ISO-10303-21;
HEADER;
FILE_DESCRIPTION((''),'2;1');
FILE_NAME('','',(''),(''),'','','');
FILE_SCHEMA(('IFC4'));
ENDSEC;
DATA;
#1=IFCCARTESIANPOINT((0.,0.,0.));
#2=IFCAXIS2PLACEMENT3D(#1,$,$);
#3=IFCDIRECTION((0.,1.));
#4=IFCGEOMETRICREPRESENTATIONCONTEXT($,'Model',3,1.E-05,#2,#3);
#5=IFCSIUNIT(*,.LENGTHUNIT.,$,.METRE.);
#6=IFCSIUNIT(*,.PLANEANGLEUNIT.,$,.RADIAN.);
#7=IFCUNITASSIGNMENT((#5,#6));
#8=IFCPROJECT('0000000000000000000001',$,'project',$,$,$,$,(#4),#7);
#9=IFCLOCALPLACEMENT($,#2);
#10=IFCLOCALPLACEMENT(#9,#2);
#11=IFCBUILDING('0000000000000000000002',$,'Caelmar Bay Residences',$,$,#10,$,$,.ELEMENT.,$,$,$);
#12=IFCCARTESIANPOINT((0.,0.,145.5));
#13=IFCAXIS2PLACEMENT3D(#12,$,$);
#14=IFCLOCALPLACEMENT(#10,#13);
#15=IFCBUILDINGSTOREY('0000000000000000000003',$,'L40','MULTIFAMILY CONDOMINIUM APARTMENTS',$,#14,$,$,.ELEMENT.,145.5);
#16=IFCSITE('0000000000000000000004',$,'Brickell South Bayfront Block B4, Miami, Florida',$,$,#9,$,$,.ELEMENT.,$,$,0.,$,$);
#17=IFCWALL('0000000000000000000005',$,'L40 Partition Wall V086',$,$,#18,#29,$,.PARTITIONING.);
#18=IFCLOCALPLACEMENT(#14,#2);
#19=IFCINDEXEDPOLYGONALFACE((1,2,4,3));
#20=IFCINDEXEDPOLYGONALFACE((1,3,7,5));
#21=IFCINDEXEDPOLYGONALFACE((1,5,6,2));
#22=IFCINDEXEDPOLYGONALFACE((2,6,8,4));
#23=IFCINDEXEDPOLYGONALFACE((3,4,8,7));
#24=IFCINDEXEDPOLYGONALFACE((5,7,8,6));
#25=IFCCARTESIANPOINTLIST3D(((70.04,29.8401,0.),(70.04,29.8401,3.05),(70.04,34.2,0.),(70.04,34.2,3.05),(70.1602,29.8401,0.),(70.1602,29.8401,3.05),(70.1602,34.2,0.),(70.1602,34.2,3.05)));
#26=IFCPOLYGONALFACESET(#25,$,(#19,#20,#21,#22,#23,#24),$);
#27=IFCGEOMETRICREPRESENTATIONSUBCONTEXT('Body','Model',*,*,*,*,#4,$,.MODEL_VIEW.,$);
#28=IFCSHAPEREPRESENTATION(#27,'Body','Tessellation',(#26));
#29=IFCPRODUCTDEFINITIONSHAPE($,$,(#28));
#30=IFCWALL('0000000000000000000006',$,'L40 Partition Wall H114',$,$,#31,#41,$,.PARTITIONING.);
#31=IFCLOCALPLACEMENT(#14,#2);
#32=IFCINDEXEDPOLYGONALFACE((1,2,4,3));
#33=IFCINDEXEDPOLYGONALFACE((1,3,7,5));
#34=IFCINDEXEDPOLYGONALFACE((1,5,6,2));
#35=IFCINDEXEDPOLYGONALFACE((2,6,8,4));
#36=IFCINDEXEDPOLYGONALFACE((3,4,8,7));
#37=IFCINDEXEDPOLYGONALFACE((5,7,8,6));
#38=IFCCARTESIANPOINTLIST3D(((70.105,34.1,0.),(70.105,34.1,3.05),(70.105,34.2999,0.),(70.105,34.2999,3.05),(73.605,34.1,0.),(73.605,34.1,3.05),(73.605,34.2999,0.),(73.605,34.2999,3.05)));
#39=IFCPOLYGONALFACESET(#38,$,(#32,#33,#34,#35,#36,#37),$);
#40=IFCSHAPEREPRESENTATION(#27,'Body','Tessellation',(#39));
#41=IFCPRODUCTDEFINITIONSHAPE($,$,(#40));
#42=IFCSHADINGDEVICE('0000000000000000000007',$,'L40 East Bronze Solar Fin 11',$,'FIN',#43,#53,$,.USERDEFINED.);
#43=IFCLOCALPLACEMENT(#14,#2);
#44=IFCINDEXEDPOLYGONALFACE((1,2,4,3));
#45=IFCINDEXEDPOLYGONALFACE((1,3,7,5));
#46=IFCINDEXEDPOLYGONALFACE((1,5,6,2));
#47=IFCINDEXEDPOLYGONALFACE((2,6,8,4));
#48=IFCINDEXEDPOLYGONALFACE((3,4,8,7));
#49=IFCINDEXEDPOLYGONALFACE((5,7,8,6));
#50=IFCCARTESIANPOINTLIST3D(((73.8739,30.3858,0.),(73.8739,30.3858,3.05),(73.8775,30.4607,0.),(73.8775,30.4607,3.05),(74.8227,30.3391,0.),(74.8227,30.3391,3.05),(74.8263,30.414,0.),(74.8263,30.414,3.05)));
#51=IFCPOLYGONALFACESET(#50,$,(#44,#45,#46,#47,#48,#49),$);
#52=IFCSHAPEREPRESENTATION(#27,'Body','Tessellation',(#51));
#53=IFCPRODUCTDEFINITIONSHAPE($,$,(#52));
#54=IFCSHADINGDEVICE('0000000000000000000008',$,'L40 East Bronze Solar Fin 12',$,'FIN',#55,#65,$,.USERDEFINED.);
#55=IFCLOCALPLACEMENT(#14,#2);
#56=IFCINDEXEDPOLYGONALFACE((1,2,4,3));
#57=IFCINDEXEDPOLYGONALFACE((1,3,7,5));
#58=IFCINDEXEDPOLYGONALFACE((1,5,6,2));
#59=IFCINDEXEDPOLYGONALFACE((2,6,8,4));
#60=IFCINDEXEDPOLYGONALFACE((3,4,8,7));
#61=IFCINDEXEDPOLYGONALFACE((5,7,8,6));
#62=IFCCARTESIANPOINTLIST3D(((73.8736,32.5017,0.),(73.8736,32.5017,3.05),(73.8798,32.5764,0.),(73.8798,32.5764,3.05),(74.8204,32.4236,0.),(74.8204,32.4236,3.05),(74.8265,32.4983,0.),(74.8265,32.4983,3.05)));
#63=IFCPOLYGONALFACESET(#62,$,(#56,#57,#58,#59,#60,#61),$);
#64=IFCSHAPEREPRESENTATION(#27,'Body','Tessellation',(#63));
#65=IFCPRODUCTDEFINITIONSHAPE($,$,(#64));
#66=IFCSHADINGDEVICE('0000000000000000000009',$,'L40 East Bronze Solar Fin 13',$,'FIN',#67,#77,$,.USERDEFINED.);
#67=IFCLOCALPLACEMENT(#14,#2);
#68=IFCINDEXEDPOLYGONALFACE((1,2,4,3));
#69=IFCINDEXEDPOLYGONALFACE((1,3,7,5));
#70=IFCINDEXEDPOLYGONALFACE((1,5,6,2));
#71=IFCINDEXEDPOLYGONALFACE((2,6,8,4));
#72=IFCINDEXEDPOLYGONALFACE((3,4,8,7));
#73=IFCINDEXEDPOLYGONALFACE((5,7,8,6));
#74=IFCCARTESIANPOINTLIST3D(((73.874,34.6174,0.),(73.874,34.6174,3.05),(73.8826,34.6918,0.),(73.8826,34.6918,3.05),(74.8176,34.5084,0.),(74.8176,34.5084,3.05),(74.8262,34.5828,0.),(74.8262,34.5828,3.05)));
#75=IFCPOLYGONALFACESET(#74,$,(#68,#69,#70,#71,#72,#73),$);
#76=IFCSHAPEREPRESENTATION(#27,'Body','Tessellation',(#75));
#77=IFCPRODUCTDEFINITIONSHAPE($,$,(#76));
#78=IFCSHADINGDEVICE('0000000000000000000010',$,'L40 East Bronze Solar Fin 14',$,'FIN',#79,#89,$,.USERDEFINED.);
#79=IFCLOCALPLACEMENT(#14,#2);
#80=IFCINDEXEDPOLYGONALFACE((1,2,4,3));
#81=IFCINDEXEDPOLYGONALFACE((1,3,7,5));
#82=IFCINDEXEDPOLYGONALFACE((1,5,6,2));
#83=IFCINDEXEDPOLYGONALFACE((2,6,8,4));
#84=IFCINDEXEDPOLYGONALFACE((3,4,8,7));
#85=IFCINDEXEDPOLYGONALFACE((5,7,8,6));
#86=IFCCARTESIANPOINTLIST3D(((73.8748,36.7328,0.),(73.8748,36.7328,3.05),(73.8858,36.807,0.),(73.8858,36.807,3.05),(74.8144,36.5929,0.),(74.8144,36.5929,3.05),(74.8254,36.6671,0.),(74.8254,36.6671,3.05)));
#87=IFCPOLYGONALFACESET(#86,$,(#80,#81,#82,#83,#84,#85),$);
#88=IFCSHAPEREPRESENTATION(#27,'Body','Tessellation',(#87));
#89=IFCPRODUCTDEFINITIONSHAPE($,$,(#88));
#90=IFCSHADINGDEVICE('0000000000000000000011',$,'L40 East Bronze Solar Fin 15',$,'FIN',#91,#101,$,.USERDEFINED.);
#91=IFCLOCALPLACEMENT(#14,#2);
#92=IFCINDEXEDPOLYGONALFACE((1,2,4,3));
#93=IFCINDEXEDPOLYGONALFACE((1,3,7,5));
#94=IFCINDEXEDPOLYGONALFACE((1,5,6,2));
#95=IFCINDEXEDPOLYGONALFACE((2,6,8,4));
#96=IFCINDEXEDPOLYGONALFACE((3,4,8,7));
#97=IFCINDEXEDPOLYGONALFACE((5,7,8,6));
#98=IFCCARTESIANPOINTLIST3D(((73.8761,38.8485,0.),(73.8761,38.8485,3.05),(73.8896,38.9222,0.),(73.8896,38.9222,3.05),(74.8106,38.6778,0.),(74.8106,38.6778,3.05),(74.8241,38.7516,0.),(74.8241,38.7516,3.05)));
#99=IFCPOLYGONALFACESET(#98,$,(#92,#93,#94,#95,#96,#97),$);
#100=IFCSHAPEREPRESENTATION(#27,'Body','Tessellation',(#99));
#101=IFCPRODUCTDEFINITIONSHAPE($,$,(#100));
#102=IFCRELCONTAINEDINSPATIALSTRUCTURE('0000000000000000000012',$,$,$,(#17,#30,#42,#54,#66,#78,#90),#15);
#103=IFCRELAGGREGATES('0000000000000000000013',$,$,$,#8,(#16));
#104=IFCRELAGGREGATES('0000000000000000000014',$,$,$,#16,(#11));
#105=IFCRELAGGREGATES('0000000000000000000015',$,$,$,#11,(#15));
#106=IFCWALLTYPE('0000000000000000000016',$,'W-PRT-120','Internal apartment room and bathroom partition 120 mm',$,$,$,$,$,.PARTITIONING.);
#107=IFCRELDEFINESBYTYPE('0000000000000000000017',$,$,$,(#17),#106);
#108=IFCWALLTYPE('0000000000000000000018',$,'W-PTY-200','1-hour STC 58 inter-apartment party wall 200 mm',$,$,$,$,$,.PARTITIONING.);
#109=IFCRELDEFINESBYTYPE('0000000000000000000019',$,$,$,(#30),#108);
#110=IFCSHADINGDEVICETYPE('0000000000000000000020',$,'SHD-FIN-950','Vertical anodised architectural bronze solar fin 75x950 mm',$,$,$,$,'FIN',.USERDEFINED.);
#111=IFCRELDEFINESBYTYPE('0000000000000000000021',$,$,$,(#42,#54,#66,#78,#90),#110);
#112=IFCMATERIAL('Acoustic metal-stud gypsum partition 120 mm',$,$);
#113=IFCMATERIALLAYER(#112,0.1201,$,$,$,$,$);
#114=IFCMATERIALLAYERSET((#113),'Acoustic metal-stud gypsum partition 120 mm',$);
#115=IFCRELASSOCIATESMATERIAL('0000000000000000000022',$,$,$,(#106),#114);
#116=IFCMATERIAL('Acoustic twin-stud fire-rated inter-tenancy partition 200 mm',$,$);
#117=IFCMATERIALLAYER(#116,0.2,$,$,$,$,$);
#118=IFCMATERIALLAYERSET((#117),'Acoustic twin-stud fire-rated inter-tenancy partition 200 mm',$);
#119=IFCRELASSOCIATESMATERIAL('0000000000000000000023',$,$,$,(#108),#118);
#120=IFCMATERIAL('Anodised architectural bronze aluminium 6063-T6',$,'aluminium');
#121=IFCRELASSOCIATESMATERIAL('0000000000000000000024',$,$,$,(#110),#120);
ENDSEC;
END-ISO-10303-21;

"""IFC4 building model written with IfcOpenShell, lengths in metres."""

from ifc_helpers import new_model, si_unit, direction, frame, frame_2d, origin, origin_2d, place, context, subcontext, project, spatial, rectangle, extrude, material, layer, layer_set, material_profile, profile_set, type_object, element, save


model = new_model("IFC4")

# Units and contexts
model_context = context("Model", 3, precision=1e-05, world=origin(), true_north=direction((0.0, 1.0)))
body_context = subcontext(model_context, "Body", "Model", "MODEL_VIEW")
ifc_project = project(units=[si_unit("LENGTHUNIT", "METRE"), si_unit("PLANEANGLEUNIT", "RADIAN")], contexts=[model_context])

# Site, building, storey
site_placement = place(None, origin())
site = spatial("IfcSite", under=ifc_project, at=site_placement, Name="Brickell South Bayfront Block B4, Miami, Florida", CompositionType="ELEMENT", RefElevation=0.0)
building_placement = place(site_placement, origin())
building = spatial("IfcBuilding", under=site, at=building_placement, Name="Caelmar Bay Residences", CompositionType="ELEMENT")
storey_placement = place(building_placement, frame((0.0, 0.0, 145.5)))
storey = spatial("IfcBuildingStorey", under=building, at=storey_placement, Name="L40", Description="MULTIFAMILY CONDOMINIUM APARTMENTS", CompositionType="ELEMENT", Elevation=145.5)

# Shared definitions
ifc_material_1 = material(Name="Acoustic metal-stud gypsum partition 120 mm")
ifc_layer_1 = layer(ifc_material_1, 0.1201)
ifc_layer_set_1 = layer_set([ifc_layer_1], Name="Acoustic metal-stud gypsum partition 120 mm")
wall_type_1 = type_object("IfcWallType", Name="W-PRT-120", Description="Internal apartment room and bathroom partition 120 mm", PredefinedType="PARTITIONING", material=ifc_layer_set_1)

# Walls
wall_1_placement = place(storey_placement, frame((70.1001, 29.8401, 0.0), z_axis=(0.0, 0.0, 1.0), x_axis=(0.0, 1.0, 0.0)))
element("IfcWall", 1, at=wall_1_placement, inside=storey, type_object=wall_type_1, Name="L40 Partition Wall V086", PredefinedType="PARTITIONING", context=body_context, shape_type="SweptSolid", body=[
    extrude(rectangle(XDim=4.3599, YDim=0.1201, at=frame_2d((2.1799, 0.0))), origin(), (0.0, 0.0, 1.0), 3.05),
])
ifc_material_2 = material(Name="Acoustic twin-stud fire-rated inter-tenancy partition 200 mm")
ifc_layer_2 = layer(ifc_material_2, 0.2)
ifc_layer_set_2 = layer_set([ifc_layer_2], Name="Acoustic twin-stud fire-rated inter-tenancy partition 200 mm")
wall_type_2 = type_object("IfcWallType", Name="W-PTY-200", Description="1-hour STC 58 inter-apartment party wall 200 mm", PredefinedType="PARTITIONING", material=ifc_layer_set_2)
wall_2_placement = place(storey_placement, frame((70.105, 34.2, 0.0), z_axis=(0.0, 0.0, 1.0), x_axis=(1.0, 0.0, 0.0)))
element("IfcWall", 2, at=wall_2_placement, inside=storey, type_object=wall_type_2, Name="L40 Partition Wall H114", PredefinedType="PARTITIONING", context=body_context, shape_type="SweptSolid", body=[
    extrude(rectangle(XDim=3.5, YDim=0.2, at=frame_2d((1.75, 0.0))), origin(), (0.0, 0.0, 1.0), 3.05),
])

# Shading devices
ifc_material_3 = material(Name="Anodised architectural bronze aluminium 6063-T6", Category="aluminium")
ifc_material_profile = material_profile(ifc_material_3, rectangle(XDim=0.075, YDim=0.95, at=origin_2d()), Name="BRONZE-FIN-75X950")
ifc_profile_set = profile_set([ifc_material_profile], Name="Anodised architectural bronze aluminium 6063-T6")
shading_device_type = type_object("IfcShadingDeviceType", Name="SHD-FIN-950", Description="Vertical anodised architectural bronze solar fin 75x950 mm", ElementType="FIN", PredefinedType="USERDEFINED", material=ifc_profile_set)
for number, where, z_axis, x_axis, name in (
    (3, (74.3501, 30.3999, 0.0), (0.0, 0.0, 1.0), (0.049198, 0.998789, 0.0), "L40 East Bronze Solar Fin 11"),
    (4, (74.3501, 32.5, 0.0), (0.0, 0.0, 1.0), (0.082112, 0.996623, 0.0), "L40 East Bronze Solar Fin 12"),
    (5, (74.3501, 34.6001, 0.0), (0.0, 0.0, 1.0), (0.114764, 0.993393, 0.0), "L40 East Bronze Solar Fin 13"),
    (6, (74.3501, 36.7, 0.0), (0.0, 0.0, 1.0), (0.147292, 0.989093, 0.0), "L40 East Bronze Solar Fin 14"),
    (7, (74.3501, 38.8, 0.0), (0.0, 0.0, 1.0), (0.179661, 0.983729, 0.0), "L40 East Bronze Solar Fin 15"),
):
    element("IfcShadingDevice", number, at=place(storey_placement, frame(where, z_axis=z_axis, x_axis=x_axis)), inside=storey, type_object=shading_device_type, Name=name, ObjectType="FIN", PredefinedType="USERDEFINED", context=body_context, shape_type="SweptSolid", body=[
        extrude(rectangle(XDim=0.075, YDim=0.95, at=origin_2d()), origin(), (0.0, 0.0, 1.0), 3.05),
    ])

save(model, "model.ifc")
